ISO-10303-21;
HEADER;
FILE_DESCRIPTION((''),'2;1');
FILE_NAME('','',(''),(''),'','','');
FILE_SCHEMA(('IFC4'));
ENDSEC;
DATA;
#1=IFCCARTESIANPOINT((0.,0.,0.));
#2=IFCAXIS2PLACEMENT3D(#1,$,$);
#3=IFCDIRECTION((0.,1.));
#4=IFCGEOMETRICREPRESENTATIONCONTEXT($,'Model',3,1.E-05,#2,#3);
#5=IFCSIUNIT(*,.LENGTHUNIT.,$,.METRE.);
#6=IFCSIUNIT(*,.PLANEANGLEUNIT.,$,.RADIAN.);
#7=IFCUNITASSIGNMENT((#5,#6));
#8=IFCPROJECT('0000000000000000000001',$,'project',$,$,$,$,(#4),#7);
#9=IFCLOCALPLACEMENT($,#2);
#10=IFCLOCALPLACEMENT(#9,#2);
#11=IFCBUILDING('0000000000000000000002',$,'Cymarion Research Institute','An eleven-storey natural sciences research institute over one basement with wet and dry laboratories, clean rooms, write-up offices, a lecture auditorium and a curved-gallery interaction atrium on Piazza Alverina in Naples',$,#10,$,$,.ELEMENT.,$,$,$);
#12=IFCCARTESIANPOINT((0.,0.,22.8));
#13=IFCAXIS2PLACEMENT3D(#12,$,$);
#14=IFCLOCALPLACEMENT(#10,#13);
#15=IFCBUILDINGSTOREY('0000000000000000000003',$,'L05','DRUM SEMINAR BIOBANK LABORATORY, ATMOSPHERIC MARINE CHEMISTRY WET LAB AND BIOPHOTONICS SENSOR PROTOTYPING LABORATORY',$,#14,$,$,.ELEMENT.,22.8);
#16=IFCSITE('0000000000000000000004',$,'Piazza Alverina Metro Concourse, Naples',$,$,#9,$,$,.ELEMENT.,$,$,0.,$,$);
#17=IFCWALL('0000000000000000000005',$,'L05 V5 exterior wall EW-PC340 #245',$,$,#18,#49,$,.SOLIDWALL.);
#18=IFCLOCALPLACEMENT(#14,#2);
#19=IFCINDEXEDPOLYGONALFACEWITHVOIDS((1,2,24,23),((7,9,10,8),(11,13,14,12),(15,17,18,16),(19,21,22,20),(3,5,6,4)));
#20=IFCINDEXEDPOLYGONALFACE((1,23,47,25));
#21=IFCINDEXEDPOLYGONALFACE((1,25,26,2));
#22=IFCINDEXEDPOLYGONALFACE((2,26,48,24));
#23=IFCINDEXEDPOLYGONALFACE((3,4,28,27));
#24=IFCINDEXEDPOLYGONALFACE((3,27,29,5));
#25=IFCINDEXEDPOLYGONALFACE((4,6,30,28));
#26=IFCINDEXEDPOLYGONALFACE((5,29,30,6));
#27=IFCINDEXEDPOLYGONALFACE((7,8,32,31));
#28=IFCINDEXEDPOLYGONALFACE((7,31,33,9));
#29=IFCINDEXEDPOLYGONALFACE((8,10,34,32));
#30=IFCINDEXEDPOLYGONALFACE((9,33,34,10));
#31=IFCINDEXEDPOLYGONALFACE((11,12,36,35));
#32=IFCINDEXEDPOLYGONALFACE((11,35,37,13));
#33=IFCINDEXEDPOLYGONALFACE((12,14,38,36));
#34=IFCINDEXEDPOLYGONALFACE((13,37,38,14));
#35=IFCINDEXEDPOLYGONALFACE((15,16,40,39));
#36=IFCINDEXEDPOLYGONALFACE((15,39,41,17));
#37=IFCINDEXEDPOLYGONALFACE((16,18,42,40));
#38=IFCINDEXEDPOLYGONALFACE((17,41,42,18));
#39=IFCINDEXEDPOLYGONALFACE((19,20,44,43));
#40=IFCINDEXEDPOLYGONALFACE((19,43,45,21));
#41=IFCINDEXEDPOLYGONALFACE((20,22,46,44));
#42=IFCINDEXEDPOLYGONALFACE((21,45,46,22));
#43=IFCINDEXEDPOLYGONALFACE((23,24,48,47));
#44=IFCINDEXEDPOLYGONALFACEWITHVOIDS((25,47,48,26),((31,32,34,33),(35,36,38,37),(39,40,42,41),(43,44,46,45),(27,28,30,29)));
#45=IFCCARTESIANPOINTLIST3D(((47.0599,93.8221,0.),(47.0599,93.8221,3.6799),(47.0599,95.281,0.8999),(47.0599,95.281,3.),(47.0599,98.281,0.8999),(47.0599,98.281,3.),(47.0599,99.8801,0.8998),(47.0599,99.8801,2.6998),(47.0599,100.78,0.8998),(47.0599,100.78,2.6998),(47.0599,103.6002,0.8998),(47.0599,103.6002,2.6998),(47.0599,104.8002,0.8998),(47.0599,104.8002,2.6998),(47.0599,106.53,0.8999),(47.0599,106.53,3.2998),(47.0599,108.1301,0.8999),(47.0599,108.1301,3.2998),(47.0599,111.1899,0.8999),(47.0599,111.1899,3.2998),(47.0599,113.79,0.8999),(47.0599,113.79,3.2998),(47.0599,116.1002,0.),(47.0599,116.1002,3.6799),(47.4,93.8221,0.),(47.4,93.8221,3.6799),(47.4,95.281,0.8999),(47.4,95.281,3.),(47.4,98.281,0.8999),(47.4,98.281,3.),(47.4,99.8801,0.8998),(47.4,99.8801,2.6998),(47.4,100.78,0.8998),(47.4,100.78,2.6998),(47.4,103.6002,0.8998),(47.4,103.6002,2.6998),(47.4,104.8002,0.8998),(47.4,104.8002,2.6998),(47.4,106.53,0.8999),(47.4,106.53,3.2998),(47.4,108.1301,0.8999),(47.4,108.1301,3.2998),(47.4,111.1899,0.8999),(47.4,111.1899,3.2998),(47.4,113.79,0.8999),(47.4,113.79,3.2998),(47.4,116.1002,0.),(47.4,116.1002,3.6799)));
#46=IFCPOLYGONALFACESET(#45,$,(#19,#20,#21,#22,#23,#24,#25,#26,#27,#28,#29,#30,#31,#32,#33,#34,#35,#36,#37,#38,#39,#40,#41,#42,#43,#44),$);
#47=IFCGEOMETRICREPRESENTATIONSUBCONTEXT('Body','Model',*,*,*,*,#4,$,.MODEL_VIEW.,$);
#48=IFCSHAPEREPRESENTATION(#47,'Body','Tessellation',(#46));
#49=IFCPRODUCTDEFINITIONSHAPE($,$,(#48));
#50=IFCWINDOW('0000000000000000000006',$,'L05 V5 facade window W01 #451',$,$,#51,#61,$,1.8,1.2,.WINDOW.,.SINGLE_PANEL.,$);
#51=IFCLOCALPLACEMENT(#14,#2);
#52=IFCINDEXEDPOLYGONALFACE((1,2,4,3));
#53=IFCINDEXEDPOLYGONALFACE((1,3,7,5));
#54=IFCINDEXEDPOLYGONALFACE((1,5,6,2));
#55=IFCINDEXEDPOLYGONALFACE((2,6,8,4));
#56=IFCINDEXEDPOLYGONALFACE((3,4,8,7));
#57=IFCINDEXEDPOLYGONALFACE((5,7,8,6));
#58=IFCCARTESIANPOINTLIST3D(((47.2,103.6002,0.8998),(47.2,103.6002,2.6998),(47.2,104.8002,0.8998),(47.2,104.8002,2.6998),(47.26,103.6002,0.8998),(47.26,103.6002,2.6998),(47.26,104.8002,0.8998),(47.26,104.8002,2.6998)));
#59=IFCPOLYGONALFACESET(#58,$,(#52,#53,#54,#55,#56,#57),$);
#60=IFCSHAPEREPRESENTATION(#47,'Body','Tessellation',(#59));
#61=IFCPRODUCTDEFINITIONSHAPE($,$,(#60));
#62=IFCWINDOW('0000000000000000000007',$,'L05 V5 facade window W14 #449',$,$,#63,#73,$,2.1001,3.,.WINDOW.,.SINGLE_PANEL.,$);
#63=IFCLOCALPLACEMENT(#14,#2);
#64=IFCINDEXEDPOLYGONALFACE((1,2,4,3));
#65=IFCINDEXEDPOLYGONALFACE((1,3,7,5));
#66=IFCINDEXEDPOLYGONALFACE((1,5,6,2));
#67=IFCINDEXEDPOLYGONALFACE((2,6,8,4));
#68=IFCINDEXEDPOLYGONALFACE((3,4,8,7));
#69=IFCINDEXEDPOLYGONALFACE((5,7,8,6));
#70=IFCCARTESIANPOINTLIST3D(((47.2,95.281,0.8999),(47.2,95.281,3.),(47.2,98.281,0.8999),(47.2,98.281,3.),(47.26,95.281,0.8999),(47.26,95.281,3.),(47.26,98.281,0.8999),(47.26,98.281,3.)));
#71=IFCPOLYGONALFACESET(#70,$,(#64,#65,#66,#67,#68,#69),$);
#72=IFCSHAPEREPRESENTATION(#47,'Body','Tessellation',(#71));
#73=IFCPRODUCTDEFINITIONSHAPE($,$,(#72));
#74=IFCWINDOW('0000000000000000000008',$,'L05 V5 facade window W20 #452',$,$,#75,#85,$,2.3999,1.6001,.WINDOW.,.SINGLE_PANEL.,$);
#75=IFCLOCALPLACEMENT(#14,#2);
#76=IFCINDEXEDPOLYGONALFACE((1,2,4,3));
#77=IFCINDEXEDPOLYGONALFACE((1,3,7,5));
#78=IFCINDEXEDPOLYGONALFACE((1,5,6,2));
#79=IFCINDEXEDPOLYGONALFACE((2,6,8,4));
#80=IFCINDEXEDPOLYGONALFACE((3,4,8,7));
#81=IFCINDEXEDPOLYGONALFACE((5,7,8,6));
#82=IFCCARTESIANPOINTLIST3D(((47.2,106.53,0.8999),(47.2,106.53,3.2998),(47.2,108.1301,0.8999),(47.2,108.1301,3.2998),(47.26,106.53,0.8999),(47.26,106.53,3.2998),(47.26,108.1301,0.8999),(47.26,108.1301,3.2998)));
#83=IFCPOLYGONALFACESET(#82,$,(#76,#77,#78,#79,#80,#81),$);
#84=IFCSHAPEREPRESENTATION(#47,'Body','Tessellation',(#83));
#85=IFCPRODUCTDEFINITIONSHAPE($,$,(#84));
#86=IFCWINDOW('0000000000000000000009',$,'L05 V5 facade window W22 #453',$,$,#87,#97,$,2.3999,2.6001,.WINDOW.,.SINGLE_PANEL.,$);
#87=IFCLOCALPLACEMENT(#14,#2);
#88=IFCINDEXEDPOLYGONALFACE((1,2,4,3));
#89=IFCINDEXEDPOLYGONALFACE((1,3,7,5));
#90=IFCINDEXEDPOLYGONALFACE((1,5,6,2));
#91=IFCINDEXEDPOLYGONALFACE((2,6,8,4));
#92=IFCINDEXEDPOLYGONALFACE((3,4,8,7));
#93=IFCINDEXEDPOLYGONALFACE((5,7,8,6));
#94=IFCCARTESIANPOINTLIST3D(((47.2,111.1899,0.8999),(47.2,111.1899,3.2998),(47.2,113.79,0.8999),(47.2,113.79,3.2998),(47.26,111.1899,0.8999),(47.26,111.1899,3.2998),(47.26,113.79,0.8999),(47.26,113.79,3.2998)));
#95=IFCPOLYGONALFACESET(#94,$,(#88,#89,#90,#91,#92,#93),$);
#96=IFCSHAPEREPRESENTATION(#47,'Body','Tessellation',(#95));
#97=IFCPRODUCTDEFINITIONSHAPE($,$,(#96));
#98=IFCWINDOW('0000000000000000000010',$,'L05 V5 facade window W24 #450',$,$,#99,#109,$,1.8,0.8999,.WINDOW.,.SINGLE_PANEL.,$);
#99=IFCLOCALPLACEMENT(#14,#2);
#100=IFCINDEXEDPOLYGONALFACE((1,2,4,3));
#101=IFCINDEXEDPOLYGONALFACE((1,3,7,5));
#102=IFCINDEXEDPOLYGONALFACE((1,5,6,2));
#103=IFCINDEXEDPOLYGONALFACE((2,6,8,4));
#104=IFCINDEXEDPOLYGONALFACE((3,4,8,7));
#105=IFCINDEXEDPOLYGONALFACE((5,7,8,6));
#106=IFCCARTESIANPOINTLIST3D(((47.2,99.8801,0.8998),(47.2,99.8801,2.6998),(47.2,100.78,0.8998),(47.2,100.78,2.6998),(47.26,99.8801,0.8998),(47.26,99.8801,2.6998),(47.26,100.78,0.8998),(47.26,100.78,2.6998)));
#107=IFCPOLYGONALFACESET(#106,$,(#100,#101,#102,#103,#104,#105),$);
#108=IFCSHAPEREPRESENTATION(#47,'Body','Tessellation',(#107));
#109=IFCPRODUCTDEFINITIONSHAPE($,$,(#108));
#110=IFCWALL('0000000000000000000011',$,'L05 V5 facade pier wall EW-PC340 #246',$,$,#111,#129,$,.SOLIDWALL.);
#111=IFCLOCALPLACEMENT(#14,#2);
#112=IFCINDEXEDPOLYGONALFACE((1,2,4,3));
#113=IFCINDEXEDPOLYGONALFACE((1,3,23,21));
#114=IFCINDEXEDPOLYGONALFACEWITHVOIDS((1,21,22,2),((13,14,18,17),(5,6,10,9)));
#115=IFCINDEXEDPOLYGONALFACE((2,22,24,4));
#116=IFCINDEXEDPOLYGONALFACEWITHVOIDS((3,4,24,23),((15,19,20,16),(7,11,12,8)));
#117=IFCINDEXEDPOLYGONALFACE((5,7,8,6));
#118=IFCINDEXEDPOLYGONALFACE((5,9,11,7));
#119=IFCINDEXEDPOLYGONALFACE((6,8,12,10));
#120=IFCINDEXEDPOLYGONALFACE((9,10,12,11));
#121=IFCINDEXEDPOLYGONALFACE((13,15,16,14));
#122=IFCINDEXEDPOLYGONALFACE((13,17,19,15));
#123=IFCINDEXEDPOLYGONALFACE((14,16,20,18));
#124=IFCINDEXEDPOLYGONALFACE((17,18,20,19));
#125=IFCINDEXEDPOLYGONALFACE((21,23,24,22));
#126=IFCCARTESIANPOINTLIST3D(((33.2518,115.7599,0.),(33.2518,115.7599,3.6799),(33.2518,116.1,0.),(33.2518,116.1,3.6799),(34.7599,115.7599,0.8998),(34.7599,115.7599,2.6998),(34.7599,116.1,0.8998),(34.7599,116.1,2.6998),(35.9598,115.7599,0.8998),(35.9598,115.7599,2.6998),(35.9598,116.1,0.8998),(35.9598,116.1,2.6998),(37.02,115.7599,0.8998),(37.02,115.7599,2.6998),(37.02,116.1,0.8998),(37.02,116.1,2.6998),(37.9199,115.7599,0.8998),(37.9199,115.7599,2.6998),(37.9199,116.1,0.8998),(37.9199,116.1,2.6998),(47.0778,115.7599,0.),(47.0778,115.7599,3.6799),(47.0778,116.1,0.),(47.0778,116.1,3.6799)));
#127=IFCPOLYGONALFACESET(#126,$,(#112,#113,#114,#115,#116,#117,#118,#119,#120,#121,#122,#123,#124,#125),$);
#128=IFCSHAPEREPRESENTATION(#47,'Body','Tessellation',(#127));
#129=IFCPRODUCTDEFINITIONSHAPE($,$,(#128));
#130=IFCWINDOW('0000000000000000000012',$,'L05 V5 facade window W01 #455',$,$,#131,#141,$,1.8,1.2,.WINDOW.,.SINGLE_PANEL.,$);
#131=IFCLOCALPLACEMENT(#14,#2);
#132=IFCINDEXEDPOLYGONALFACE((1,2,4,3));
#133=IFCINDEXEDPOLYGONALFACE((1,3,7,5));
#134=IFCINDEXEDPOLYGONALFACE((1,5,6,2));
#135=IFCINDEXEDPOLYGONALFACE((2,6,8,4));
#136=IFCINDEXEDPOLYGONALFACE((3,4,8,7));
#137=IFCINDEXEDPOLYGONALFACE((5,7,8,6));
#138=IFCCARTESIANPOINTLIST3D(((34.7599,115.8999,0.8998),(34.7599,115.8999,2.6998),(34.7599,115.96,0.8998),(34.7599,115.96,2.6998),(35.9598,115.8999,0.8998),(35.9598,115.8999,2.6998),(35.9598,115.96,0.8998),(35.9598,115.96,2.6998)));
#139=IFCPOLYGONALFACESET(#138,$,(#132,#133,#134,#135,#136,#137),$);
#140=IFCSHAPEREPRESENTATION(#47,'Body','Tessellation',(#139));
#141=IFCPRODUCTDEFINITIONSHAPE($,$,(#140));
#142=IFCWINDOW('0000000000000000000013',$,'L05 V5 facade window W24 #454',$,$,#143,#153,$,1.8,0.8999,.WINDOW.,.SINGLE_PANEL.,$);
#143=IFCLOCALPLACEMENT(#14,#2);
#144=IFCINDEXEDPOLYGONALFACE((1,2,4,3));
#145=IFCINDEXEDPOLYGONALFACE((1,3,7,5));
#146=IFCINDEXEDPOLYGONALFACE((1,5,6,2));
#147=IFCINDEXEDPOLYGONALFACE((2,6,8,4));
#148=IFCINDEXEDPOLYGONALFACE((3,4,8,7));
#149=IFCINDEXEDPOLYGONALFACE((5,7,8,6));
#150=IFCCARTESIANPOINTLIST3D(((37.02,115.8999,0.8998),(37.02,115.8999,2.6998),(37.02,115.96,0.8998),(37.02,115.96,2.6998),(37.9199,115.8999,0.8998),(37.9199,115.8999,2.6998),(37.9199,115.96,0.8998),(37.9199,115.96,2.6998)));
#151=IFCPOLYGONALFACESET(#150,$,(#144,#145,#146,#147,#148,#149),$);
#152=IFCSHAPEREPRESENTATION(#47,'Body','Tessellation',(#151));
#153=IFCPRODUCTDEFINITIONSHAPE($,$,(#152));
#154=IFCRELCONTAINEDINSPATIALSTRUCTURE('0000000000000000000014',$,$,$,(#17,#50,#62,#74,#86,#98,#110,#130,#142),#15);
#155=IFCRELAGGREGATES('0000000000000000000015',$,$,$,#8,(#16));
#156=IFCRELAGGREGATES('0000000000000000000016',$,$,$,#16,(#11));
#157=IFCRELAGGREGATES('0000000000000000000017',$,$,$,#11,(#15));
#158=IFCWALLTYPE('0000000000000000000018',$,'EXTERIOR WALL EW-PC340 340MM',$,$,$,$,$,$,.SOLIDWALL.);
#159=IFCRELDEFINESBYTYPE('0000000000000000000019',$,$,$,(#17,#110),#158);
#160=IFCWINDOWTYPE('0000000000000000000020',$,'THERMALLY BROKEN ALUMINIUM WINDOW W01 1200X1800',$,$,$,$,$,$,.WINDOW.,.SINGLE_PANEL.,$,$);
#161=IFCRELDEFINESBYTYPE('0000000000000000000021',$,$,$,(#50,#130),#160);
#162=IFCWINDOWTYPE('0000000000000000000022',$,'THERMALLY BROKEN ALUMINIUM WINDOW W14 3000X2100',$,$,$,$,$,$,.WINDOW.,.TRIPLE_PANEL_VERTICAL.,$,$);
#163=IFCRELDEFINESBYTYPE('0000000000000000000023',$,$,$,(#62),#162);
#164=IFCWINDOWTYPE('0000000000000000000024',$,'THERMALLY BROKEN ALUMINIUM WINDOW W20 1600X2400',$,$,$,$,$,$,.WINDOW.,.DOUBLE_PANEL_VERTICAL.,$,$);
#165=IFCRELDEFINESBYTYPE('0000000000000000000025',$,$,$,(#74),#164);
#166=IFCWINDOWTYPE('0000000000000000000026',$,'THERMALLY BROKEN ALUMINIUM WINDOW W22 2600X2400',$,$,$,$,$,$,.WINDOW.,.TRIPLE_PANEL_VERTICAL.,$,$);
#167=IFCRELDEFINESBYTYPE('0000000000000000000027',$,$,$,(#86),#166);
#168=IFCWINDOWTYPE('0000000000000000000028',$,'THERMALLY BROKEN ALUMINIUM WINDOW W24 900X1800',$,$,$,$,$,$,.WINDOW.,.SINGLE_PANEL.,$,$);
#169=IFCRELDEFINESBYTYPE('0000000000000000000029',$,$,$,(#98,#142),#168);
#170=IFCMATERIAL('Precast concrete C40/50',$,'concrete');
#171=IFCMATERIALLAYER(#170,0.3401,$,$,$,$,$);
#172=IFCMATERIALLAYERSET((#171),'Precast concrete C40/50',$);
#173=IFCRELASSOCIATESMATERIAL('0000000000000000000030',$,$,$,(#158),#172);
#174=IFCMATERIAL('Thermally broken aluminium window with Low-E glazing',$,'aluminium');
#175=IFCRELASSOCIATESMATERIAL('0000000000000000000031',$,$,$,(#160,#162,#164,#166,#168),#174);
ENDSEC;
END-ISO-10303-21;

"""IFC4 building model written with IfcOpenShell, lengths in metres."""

from ifc_helpers import new_model, si_unit, direction, frame, frame_2d, origin, place, context, subcontext, project, spatial, rectangle, extrude, material, layer, layer_set, type_object, element, fill, save


model = new_model("IFC4")

# Units and contexts
model_context = context("Model", 3, precision=1e-05, world=origin(), true_north=direction((0.0, 1.0)))
body_context = subcontext(model_context, "Body", "Model", "MODEL_VIEW")
ifc_project = project(units=[si_unit("LENGTHUNIT", "METRE"), si_unit("PLANEANGLEUNIT", "RADIAN")], contexts=[model_context])

# Site, building, storey
site_placement = place(None, origin())
site = spatial("IfcSite", under=ifc_project, at=site_placement, Name="Piazza Alverina Metro Concourse, Naples", CompositionType="ELEMENT", RefElevation=0.0)
building_placement = place(site_placement, origin())
building = spatial("IfcBuilding", under=site, at=building_placement, Name="Cymarion Research Institute", Description="An eleven-storey natural sciences research institute over one basement with wet and dry laboratories, clean rooms, write-up offices, a lecture auditorium and a curved-gallery interaction atrium on Piazza Alverina in Naples", CompositionType="ELEMENT")
storey_placement = place(building_placement, frame((0.0, 0.0, 22.8)))
storey = spatial("IfcBuildingStorey", under=building, at=storey_placement, Name="L05", Description="DRUM SEMINAR BIOBANK LABORATORY, ATMOSPHERIC MARINE CHEMISTRY WET LAB AND BIOPHOTONICS SENSOR PROTOTYPING LABORATORY", CompositionType="ELEMENT", Elevation=22.8)

# Walls, openings, windows
ifc_material_1 = material(Name="Precast concrete C40/50", Category="concrete")
ifc_layer_1 = layer(ifc_material_1, 0.3401)
ifc_layer_set_1 = layer_set([ifc_layer_1], Name="Precast concrete C40/50")
wall_type = type_object("IfcWallType", Name="EXTERIOR WALL EW-PC340 340MM", PredefinedType="SOLIDWALL", material=ifc_layer_set_1)
wall_1_placement = place(storey_placement, frame((47.23, 93.822, 0.0), z_axis=(0.0, 0.0, 1.0), x_axis=(0.0, 1.0, 0.0)))
wall_1 = element("IfcWall", 1, at=wall_1_placement, inside=storey, type_object=wall_type, Name="L05 V5 exterior wall EW-PC340 #245", PredefinedType="SOLIDWALL", context=body_context, shape_type="SweptSolid", body=[
    extrude(rectangle(XDim=22.2781, YDim=0.3401, at=frame_2d((11.1392, 0.0))), origin(), (0.0, 0.0, 1.0), 3.6799),
])
opening_1_placement = place(wall_1_placement, frame((1.459, 0.0, 0.8999)))
opening_1 = element("IfcOpeningElement", 2, at=opening_1_placement, cuts=wall_1, PredefinedType="OPENING", context=body_context, shape_type="SweptSolid", body=[
    extrude(rectangle(XDim=3.0, YDim=2.1001, at=frame_2d((1.5, 1.05))), frame((0.0, 0.1799, 0.0), z_axis=(0.0, -1.0, 0.0), x_axis=(1.0, 0.0, 0.0)), (0.0, 0.0, 1.0), 0.3601),
])
opening_2_placement = place(wall_1_placement, frame((6.0581, 0.0, 0.8999)))
opening_2 = element("IfcOpeningElement", 3, at=opening_2_placement, cuts=wall_1, PredefinedType="OPENING", context=body_context, shape_type="SweptSolid", body=[
    extrude(rectangle(XDim=0.8999, YDim=1.8, at=frame_2d((0.45, 0.8999))), frame((0.0, 0.1799, 0.0), z_axis=(0.0, -1.0, 0.0), x_axis=(1.0, 0.0, 0.0)), (0.0, 0.0, 1.0), 0.3601),
])
opening_3_placement = place(wall_1_placement, frame((9.7781, 0.0, 0.8999)))
opening_3 = element("IfcOpeningElement", 4, at=opening_3_placement, cuts=wall_1, PredefinedType="OPENING", context=body_context, shape_type="SweptSolid", body=[
    extrude(rectangle(XDim=1.2, YDim=1.8, at=frame_2d((0.6001, 0.8999))), frame((0.0, 0.1799, 0.0), z_axis=(0.0, -1.0, 0.0), x_axis=(1.0, 0.0, 0.0)), (0.0, 0.0, 1.0), 0.3601),
])
opening_4_placement = place(wall_1_placement, frame((12.708, 0.0, 0.8999)))
opening_4 = element("IfcOpeningElement", 5, at=opening_4_placement, cuts=wall_1, PredefinedType="OPENING", context=body_context, shape_type="SweptSolid", body=[
    extrude(rectangle(XDim=1.6001, YDim=2.3999, at=frame_2d((0.8, 1.2))), frame((0.0, 0.1799, 0.0), z_axis=(0.0, -1.0, 0.0), x_axis=(1.0, 0.0, 0.0)), (0.0, 0.0, 1.0), 0.3601),
])
opening_5_placement = place(wall_1_placement, frame((17.3679, 0.0, 0.8999)))
opening_5 = element("IfcOpeningElement", 6, at=opening_5_placement, cuts=wall_1, PredefinedType="OPENING", context=body_context, shape_type="SweptSolid", body=[
    extrude(rectangle(XDim=2.6001, YDim=2.3999, at=frame_2d((1.3, 1.2))), frame((0.0, 0.1799, 0.0), z_axis=(0.0, -1.0, 0.0), x_axis=(1.0, 0.0, 0.0)), (0.0, 0.0, 1.0), 0.3601),
])
ifc_material_2 = material(Name="Thermally broken aluminium window with Low-E glazing", Category="aluminium")
window_type_1 = type_object("IfcWindowType", Name="THERMALLY BROKEN ALUMINIUM WINDOW W01 1200X1800", PartitioningType="SINGLE_PANEL", PredefinedType="WINDOW", material=ifc_material_2)
window_1_placement = place(opening_3_placement, origin())
window_1 = element("IfcWindow", 7, at=window_1_placement, inside=storey, type_object=window_type_1, Name="L05 V5 facade window W01 #451", OverallHeight=1.8, OverallWidth=1.2, PartitioningType="SINGLE_PANEL", PredefinedType="WINDOW", context=body_context, shape_type="SweptSolid", body=[
    extrude(rectangle(XDim=1.2, YDim=1.8, at=frame_2d((0.6001, 0.8999))), frame((0.0, 0.03, 0.0), z_axis=(0.0, -1.0, 0.0), x_axis=(1.0, 0.0, 0.0)), (0.0, 0.0, 1.0), 0.0601),
])
fill(opening_3, window_1)
window_type_2 = type_object("IfcWindowType", Name="THERMALLY BROKEN ALUMINIUM WINDOW W14 3000X2100", PartitioningType="TRIPLE_PANEL_VERTICAL", PredefinedType="WINDOW", material=ifc_material_2)
window_2_placement = place(opening_1_placement, origin())
window_2 = element("IfcWindow", 8, at=window_2_placement, inside=storey, type_object=window_type_2, Name="L05 V5 facade window W14 #449", OverallHeight=2.1001, OverallWidth=3.0, PartitioningType="SINGLE_PANEL", PredefinedType="WINDOW", context=body_context, shape_type="SweptSolid", body=[
    extrude(rectangle(XDim=3.0, YDim=2.1001, at=frame_2d((1.5, 1.05))), frame((0.0, 0.03, 0.0), z_axis=(0.0, -1.0, 0.0), x_axis=(1.0, 0.0, 0.0)), (0.0, 0.0, 1.0), 0.0601),
])
fill(opening_1, window_2)
window_type_3 = type_object("IfcWindowType", Name="THERMALLY BROKEN ALUMINIUM WINDOW W20 1600X2400", PartitioningType="DOUBLE_PANEL_VERTICAL", PredefinedType="WINDOW", material=ifc_material_2)
window_3_placement = place(opening_4_placement, origin())
window_3 = element("IfcWindow", 9, at=window_3_placement, inside=storey, type_object=window_type_3, Name="L05 V5 facade window W20 #452", OverallHeight=2.3999, OverallWidth=1.6001, PartitioningType="SINGLE_PANEL", PredefinedType="WINDOW", context=body_context, shape_type="SweptSolid", body=[
    extrude(rectangle(XDim=1.6001, YDim=2.3999, at=frame_2d((0.8, 1.2))), frame((0.0, 0.03, 0.0), z_axis=(0.0, -1.0, 0.0), x_axis=(1.0, 0.0, 0.0)), (0.0, 0.0, 1.0), 0.0601),
])
fill(opening_4, window_3)
window_type_4 = type_object("IfcWindowType", Name="THERMALLY BROKEN ALUMINIUM WINDOW W22 2600X2400", PartitioningType="TRIPLE_PANEL_VERTICAL", PredefinedType="WINDOW", material=ifc_material_2)
window_4_placement = place(opening_5_placement, origin())
window_4 = element("IfcWindow", 10, at=window_4_placement, inside=storey, type_object=window_type_4, Name="L05 V5 facade window W22 #453", OverallHeight=2.3999, OverallWidth=2.6001, PartitioningType="SINGLE_PANEL", PredefinedType="WINDOW", context=body_context, shape_type="SweptSolid", body=[
    extrude(rectangle(XDim=2.6001, YDim=2.3999, at=frame_2d((1.3, 1.2))), frame((0.0, 0.03, 0.0), z_axis=(0.0, -1.0, 0.0), x_axis=(1.0, 0.0, 0.0)), (0.0, 0.0, 1.0), 0.0601),
])
fill(opening_5, window_4)
window_type_5 = type_object("IfcWindowType", Name="THERMALLY BROKEN ALUMINIUM WINDOW W24 900X1800", PartitioningType="SINGLE_PANEL", PredefinedType="WINDOW", material=ifc_material_2)
window_5_placement = place(opening_2_placement, origin())
window_5 = element("IfcWindow", 11, at=window_5_placement, inside=storey, type_object=window_type_5, Name="L05 V5 facade window W24 #450", OverallHeight=1.8, OverallWidth=0.8999, PartitioningType="SINGLE_PANEL", PredefinedType="WINDOW", context=body_context, shape_type="SweptSolid", body=[
    extrude(rectangle(XDim=0.8999, YDim=1.8, at=frame_2d((0.45, 0.8999))), frame((0.0, 0.03, 0.0), z_axis=(0.0, -1.0, 0.0), x_axis=(1.0, 0.0, 0.0)), (0.0, 0.0, 1.0), 0.0601),
])
fill(opening_2, window_5)
wall_2_placement = place(storey_placement, frame((47.0779, 115.9299, 0.0), z_axis=(0.0, 0.0, 1.0), x_axis=(-1.0, 0.0, 0.0)))
wall_2 = element("IfcWall", 12, at=wall_2_placement, inside=storey, type_object=wall_type, Name="L05 V5 facade pier wall EW-PC340 #246", PredefinedType="SOLIDWALL", context=body_context, shape_type="SweptSolid", body=[
    extrude(rectangle(XDim=13.8259, YDim=0.3401, at=frame_2d((6.9131, 0.0))), origin(), (0.0, 0.0, 1.0), 3.6799),
])
opening_6_placement = place(wall_2_placement, frame((9.158, 0.0, 0.8999)))
opening_6 = element("IfcOpeningElement", 13, at=opening_6_placement, cuts=wall_2, PredefinedType="OPENING", context=body_context, shape_type="SweptSolid", body=[
    extrude(rectangle(XDim=0.8999, YDim=1.8, at=frame_2d((0.45, 0.8999))), frame((0.0, 0.1799, 0.0), z_axis=(0.0, -1.0, 0.0), x_axis=(1.0, 0.0, 0.0)), (0.0, 0.0, 1.0), 0.3601),
])
opening_7_placement = place(wall_2_placement, frame((11.1179, 0.0, 0.8999)))
opening_7 = element("IfcOpeningElement", 14, at=opening_7_placement, cuts=wall_2, PredefinedType="OPENING", context=body_context, shape_type="SweptSolid", body=[
    extrude(rectangle(XDim=1.2, YDim=1.8, at=frame_2d((0.6001, 0.8999))), frame((0.0, 0.1799, 0.0), z_axis=(0.0, -1.0, 0.0), x_axis=(1.0, 0.0, 0.0)), (0.0, 0.0, 1.0), 0.3601),
])
window_6_placement = place(opening_7_placement, origin())
window_6 = element("IfcWindow", 15, at=window_6_placement, inside=storey, type_object=window_type_1, Name="L05 V5 facade window W01 #455", OverallHeight=1.8, OverallWidth=1.2, PartitioningType="SINGLE_PANEL", PredefinedType="WINDOW", context=body_context, shape_type="SweptSolid", body=[
    extrude(rectangle(XDim=1.2, YDim=1.8, at=frame_2d((0.6001, 0.8999))), frame((0.0, 0.03, 0.0), z_axis=(0.0, -1.0, 0.0), x_axis=(1.0, 0.0, 0.0)), (0.0, 0.0, 1.0), 0.0601),
])
fill(opening_7, window_6)
window_7_placement = place(opening_6_placement, origin())
window_7 = element("IfcWindow", 16, at=window_7_placement, inside=storey, type_object=window_type_5, Name="L05 V5 facade window W24 #454", OverallHeight=1.8, OverallWidth=0.8999, PartitioningType="SINGLE_PANEL", PredefinedType="WINDOW", context=body_context, shape_type="SweptSolid", body=[
    extrude(rectangle(XDim=0.8999, YDim=1.8, at=frame_2d((0.45, 0.8999))), frame((0.0, 0.03, 0.0), z_axis=(0.0, -1.0, 0.0), x_axis=(1.0, 0.0, 0.0)), (0.0, 0.0, 1.0), 0.0601),
])
fill(opening_6, window_7)

save(model, "model.ifc")
